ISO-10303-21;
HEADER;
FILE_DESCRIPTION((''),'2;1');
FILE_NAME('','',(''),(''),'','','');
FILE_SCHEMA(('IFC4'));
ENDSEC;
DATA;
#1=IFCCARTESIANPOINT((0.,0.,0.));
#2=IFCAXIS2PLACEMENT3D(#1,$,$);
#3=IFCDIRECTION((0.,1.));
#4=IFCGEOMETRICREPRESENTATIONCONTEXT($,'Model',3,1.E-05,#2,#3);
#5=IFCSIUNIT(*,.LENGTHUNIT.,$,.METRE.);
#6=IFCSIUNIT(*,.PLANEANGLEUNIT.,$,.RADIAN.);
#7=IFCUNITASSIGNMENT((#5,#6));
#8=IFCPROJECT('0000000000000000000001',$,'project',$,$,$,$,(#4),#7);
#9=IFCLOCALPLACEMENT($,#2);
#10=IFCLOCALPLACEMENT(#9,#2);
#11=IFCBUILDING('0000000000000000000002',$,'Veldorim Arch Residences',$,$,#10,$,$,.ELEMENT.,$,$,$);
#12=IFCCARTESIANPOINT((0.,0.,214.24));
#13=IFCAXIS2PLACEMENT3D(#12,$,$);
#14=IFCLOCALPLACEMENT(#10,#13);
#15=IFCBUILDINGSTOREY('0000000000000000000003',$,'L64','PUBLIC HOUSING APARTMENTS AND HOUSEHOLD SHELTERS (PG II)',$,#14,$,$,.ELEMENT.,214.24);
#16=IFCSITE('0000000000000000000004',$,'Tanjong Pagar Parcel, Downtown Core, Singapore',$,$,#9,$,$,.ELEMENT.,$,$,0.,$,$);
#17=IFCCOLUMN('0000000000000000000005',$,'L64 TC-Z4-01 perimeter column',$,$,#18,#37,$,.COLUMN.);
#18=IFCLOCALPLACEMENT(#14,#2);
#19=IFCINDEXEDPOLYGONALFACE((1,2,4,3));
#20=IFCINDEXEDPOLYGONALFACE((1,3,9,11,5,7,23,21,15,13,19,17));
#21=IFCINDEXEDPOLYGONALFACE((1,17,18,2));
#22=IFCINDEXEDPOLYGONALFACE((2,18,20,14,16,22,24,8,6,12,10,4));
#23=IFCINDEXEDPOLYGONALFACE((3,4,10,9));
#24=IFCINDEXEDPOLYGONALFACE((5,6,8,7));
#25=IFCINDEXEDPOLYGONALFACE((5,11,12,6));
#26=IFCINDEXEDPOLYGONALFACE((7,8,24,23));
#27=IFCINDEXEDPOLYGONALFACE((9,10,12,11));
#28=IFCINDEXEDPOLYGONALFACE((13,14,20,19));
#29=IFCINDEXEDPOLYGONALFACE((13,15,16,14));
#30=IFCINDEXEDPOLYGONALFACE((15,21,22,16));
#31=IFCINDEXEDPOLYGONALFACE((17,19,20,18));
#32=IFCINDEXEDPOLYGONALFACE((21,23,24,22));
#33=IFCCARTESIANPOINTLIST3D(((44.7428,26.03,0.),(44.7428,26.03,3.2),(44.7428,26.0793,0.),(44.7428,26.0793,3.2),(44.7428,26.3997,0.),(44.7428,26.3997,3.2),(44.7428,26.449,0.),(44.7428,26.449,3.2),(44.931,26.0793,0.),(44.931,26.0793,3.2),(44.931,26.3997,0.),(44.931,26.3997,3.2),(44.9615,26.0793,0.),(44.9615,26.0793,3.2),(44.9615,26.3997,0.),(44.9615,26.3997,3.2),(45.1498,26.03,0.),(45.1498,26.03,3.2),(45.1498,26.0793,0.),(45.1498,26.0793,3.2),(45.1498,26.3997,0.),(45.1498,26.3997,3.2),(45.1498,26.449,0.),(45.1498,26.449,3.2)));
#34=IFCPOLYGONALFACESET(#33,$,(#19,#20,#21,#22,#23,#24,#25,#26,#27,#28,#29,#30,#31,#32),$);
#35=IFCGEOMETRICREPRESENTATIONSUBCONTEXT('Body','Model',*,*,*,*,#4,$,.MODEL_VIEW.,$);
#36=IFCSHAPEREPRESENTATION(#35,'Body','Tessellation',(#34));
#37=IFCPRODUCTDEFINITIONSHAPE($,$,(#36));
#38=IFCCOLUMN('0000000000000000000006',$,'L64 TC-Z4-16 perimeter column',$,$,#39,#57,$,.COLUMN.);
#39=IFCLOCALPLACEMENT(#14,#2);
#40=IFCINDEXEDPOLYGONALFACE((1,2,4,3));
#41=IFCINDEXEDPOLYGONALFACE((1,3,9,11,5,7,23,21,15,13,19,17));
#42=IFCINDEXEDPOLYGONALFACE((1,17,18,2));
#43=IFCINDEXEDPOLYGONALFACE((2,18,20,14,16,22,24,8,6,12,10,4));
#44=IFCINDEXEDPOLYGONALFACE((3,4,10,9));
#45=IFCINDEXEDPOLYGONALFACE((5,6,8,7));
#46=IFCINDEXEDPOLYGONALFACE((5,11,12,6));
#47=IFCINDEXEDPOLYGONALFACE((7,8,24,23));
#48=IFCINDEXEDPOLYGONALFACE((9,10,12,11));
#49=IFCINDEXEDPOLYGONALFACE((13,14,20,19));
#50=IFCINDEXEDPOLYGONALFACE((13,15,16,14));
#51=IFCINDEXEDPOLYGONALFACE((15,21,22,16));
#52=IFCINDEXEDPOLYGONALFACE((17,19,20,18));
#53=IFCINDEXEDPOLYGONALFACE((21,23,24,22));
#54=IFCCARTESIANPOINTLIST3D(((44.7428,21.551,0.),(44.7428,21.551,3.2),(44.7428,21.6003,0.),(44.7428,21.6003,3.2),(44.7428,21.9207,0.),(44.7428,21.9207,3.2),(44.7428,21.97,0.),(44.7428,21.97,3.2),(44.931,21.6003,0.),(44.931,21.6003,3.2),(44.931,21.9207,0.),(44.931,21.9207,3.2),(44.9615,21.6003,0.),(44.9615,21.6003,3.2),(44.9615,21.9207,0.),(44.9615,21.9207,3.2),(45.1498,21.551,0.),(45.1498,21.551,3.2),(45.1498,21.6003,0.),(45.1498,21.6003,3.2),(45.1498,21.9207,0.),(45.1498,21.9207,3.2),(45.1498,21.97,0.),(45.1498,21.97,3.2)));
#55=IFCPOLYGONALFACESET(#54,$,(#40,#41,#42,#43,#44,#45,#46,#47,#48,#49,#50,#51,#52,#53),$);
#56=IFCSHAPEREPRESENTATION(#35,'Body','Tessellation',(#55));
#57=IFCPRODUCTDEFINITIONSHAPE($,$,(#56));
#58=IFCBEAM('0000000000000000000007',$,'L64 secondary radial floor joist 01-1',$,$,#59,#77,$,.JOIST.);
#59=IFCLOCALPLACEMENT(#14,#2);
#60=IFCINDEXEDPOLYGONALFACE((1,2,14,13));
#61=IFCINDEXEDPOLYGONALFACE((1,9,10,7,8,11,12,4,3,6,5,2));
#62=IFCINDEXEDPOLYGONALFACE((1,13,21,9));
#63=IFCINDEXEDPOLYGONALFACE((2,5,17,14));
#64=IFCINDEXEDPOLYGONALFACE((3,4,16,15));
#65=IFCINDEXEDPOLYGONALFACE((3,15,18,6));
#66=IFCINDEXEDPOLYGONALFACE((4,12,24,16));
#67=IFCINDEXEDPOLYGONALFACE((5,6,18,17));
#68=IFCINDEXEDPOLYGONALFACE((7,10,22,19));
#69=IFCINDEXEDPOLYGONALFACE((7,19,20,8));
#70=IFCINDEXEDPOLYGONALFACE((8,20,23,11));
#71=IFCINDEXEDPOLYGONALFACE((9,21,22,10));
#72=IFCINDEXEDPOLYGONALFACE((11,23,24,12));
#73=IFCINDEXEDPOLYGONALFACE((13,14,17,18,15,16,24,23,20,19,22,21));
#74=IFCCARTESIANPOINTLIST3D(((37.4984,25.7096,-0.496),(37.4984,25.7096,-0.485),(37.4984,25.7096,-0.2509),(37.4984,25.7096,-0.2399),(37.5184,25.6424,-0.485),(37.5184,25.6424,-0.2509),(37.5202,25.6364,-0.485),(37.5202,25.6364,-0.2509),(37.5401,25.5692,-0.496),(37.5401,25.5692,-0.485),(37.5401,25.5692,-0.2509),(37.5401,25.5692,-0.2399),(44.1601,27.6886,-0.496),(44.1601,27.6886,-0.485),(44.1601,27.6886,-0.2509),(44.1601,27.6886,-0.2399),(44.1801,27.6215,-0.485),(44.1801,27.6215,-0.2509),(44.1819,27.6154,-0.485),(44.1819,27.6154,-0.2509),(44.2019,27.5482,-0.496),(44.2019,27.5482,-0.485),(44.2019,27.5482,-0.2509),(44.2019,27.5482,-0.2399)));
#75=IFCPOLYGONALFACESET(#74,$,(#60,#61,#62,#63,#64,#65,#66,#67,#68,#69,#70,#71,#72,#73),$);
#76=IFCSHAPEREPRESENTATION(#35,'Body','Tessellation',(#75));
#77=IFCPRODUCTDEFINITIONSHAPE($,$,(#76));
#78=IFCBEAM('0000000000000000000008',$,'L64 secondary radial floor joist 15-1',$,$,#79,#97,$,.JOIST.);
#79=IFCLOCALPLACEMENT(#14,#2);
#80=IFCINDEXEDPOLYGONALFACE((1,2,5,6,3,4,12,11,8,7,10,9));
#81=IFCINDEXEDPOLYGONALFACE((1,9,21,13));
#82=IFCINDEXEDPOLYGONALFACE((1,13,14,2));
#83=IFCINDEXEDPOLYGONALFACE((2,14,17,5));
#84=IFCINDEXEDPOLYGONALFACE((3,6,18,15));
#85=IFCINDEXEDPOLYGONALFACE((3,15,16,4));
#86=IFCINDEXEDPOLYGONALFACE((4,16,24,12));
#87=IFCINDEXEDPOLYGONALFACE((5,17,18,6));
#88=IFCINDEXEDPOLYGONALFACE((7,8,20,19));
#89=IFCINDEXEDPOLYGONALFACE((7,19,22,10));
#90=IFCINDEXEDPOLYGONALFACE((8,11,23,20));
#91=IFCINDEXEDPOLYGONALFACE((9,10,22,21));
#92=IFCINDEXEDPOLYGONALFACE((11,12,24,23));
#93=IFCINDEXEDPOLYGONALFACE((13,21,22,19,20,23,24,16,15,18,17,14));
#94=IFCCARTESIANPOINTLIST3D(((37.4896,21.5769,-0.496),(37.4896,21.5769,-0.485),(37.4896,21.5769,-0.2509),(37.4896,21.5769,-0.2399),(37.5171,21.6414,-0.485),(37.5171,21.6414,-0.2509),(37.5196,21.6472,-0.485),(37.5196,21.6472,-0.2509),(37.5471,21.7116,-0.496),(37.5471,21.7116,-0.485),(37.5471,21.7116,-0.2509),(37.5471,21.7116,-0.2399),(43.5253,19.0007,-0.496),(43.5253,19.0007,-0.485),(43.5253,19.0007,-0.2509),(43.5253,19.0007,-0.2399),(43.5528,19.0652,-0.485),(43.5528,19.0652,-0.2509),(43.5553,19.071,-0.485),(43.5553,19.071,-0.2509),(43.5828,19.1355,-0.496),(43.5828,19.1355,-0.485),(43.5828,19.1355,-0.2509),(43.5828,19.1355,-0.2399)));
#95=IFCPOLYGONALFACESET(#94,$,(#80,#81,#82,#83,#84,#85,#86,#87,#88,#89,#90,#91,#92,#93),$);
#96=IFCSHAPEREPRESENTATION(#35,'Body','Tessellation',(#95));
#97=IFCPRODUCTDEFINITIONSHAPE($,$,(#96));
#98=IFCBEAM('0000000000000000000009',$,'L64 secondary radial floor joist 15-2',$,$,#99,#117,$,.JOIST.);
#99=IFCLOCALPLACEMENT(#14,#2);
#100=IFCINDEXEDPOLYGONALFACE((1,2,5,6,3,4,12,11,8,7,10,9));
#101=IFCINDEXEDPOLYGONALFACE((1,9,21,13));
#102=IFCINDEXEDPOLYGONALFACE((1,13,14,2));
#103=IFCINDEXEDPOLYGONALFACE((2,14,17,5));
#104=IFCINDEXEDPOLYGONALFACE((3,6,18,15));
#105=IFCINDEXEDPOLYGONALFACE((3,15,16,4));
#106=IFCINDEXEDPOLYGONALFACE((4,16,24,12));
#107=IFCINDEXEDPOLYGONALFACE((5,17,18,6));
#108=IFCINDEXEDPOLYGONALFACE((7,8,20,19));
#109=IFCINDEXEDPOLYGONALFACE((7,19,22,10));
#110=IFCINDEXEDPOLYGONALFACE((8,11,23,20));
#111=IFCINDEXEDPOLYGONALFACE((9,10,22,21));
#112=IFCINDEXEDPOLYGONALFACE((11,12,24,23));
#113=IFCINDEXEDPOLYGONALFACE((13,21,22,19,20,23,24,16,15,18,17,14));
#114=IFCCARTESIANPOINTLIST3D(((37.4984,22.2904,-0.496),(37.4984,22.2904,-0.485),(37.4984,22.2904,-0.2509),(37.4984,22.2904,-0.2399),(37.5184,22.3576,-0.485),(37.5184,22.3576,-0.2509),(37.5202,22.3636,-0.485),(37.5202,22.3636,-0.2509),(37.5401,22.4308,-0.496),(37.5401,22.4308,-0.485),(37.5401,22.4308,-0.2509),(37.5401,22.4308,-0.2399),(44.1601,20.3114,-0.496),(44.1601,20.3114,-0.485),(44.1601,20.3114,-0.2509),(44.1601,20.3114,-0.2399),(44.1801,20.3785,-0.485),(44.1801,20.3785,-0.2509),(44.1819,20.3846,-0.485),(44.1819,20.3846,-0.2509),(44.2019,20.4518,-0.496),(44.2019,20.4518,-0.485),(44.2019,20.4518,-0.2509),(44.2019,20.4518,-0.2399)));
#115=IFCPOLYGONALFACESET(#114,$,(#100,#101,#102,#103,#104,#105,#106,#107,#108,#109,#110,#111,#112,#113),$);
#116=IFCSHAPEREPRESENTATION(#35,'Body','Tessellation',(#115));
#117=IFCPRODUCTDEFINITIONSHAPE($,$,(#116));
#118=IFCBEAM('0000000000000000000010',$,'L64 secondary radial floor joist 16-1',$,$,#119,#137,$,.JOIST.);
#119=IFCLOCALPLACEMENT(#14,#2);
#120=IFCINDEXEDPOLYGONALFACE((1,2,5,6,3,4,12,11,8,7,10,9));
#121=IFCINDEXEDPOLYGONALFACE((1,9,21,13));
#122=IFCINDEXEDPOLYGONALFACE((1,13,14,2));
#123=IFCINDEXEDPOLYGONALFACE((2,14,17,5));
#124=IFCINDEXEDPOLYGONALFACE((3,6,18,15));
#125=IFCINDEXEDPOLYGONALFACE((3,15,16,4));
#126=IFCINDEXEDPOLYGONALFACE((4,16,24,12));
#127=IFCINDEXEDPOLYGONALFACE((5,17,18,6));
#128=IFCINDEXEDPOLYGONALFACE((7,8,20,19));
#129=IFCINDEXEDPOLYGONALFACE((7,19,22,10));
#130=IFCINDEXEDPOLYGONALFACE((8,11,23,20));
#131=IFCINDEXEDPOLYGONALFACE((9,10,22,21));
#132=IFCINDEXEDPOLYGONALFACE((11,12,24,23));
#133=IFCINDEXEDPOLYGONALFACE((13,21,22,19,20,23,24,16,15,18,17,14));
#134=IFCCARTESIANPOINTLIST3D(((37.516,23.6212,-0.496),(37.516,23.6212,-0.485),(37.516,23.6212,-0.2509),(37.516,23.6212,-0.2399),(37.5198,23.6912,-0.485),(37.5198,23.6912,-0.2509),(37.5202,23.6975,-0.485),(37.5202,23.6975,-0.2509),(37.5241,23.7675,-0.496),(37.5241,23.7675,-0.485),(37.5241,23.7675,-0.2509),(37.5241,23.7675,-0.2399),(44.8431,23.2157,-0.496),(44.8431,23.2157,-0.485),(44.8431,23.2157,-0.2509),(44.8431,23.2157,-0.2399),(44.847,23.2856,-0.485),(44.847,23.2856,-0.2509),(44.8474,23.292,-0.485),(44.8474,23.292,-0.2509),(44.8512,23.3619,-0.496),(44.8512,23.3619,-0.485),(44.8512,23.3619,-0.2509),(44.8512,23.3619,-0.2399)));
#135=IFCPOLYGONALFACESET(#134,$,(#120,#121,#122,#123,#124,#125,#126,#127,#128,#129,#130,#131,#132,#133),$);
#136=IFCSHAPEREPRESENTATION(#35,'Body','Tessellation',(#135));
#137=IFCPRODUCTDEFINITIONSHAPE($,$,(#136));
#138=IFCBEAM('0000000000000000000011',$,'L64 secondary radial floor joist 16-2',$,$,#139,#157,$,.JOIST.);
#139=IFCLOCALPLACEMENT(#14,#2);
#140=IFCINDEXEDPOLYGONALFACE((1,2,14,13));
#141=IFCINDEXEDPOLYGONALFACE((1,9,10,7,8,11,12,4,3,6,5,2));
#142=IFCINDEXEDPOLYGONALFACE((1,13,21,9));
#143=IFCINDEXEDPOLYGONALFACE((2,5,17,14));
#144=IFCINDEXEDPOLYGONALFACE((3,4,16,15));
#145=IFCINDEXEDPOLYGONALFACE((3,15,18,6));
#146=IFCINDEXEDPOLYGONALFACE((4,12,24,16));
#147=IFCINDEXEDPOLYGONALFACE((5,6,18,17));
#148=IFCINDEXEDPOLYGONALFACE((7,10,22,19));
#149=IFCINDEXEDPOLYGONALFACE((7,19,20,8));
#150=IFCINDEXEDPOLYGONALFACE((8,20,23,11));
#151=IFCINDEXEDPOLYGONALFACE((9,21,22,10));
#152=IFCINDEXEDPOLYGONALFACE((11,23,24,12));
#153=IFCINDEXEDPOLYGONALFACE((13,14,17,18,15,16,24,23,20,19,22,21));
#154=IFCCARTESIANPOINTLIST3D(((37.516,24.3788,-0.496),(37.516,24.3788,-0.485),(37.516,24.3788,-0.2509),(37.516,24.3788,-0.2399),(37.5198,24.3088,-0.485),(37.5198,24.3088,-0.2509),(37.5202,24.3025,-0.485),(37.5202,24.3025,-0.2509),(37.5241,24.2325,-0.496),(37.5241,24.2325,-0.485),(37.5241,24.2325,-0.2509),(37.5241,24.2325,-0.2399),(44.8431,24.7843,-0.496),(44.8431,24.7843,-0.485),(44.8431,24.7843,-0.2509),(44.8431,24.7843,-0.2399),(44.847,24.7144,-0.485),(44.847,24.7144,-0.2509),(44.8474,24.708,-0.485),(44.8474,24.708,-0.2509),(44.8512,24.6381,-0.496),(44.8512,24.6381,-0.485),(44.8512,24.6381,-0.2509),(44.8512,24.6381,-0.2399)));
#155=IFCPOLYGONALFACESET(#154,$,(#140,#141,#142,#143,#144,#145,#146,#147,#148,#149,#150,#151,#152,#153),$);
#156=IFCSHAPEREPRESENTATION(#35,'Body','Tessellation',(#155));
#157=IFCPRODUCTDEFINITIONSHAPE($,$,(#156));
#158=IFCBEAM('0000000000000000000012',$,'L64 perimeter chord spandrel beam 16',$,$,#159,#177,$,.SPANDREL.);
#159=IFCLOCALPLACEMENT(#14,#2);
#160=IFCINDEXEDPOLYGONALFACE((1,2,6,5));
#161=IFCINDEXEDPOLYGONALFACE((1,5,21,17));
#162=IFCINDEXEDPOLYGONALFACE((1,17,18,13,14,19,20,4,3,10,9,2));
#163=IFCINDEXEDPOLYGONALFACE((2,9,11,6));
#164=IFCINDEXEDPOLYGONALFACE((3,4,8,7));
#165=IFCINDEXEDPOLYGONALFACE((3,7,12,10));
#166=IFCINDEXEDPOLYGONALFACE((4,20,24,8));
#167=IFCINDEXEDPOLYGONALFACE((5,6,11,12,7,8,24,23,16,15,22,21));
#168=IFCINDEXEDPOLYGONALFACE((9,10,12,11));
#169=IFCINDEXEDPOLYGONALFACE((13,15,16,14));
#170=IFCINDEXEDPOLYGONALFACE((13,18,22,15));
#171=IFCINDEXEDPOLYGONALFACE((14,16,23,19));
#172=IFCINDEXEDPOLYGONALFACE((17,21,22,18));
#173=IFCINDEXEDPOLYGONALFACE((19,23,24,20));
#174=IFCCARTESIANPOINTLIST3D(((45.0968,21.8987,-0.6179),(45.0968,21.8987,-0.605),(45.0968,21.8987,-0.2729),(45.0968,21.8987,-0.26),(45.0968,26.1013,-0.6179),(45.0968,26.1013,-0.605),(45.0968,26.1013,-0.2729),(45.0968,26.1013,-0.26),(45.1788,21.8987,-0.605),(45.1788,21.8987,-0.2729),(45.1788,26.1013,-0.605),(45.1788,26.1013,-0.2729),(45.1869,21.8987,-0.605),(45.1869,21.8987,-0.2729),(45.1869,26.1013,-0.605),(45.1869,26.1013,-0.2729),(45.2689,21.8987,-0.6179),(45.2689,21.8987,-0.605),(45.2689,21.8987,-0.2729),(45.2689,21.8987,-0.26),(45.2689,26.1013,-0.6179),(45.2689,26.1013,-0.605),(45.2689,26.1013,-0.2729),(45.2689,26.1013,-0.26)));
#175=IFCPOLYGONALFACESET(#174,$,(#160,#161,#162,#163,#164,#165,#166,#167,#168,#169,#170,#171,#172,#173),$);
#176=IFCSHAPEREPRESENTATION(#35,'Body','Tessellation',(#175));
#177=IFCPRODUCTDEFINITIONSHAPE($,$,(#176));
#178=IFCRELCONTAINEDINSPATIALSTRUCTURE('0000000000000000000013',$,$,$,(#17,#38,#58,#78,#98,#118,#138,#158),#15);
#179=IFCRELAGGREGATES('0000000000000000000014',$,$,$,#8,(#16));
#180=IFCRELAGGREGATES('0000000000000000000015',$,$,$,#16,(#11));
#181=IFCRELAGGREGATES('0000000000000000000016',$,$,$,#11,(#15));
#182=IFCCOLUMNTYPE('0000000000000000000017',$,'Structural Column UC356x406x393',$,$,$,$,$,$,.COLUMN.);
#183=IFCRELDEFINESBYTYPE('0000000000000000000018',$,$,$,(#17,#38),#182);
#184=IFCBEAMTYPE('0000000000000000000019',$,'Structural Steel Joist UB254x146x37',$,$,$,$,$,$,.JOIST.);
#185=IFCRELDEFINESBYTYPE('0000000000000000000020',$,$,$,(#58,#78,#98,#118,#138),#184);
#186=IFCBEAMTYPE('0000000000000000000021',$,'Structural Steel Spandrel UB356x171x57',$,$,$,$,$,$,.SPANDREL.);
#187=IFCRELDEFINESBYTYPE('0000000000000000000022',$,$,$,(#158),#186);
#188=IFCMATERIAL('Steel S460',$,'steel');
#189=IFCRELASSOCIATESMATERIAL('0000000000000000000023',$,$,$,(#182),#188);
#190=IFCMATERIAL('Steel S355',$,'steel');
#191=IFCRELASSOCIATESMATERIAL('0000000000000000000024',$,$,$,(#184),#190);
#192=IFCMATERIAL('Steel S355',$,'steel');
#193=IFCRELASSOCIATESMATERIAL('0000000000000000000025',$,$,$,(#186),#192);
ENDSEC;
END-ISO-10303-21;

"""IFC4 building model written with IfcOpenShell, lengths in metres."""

from ifc_helpers import new_model, si_unit, direction, frame, origin, origin_2d, place, context, subcontext, project, spatial, i_section, extrude, material, material_profile, profile_set, type_object, element, save


model = new_model("IFC4")

# Units and contexts
model_context = context("Model", 3, precision=1e-05, world=origin(), true_north=direction((0.0, 1.0)))
body_context = subcontext(model_context, "Body", "Model", "MODEL_VIEW")
ifc_project = project(units=[si_unit("LENGTHUNIT", "METRE"), si_unit("PLANEANGLEUNIT", "RADIAN")], contexts=[model_context])

# Site, building, storey
site_placement = place(None, origin())
site = spatial("IfcSite", under=ifc_project, at=site_placement, Name="Tanjong Pagar Parcel, Downtown Core, Singapore", CompositionType="ELEMENT", RefElevation=0.0)
building_placement = place(site_placement, origin())
building = spatial("IfcBuilding", under=site, at=building_placement, Name="Veldorim Arch Residences", CompositionType="ELEMENT")
storey_placement = place(building_placement, frame((0.0, 0.0, 214.24)))
storey = spatial("IfcBuildingStorey", under=building, at=storey_placement, Name="L64", Description="PUBLIC HOUSING APARTMENTS AND HOUSEHOLD SHELTERS (PG II)", CompositionType="ELEMENT", Elevation=214.24)

# Columns
ifc_material_1 = material(Name="Steel S460", Category="steel")
ifc_material_profile_1 = material_profile(ifc_material_1, i_section(OverallWidth=0.407, OverallDepth=0.4189, WebThickness=0.0305, FlangeThickness=0.0493, at=origin_2d()), Name="UC356x406x393")
ifc_profile_set_1 = profile_set([ifc_material_profile_1], Name="Steel S460")
column_type = type_object("IfcColumnType", Name="Structural Column UC356x406x393", PredefinedType="COLUMN", material=ifc_profile_set_1)
for number, where, z_axis, x_axis, name in (
    (1, (44.9463, 26.2395, 0.0), (0.0, 0.0, 1.0), (1.0, 0.0, 0.0), "L64 TC-Z4-01 perimeter column"),
    (2, (44.9463, 21.7605, 0.0), (0.0, 0.0, 1.0), (1.0, 0.0, 0.0), "L64 TC-Z4-16 perimeter column"),
):
    element("IfcColumn", number, at=place(storey_placement, frame(where, z_axis=z_axis, x_axis=x_axis)), inside=storey, type_object=column_type, Name=name, PredefinedType="COLUMN", context=body_context, shape_type="SweptSolid", body=[
        extrude(i_section(OverallWidth=0.407, OverallDepth=0.4189, WebThickness=0.0305, FlangeThickness=0.0493, at=origin_2d()), origin(), (0.0, 0.0, 1.0), 3.2),
    ])

# Beams
ifc_material_2 = material(Name="Steel S355", Category="steel")
ifc_material_profile_2 = material_profile(ifc_material_2, i_section(OverallWidth=0.1465, OverallDepth=0.2561, WebThickness=0.0063, FlangeThickness=0.011, at=origin_2d()), Name="UB254x146x37")
ifc_profile_set_2 = profile_set([ifc_material_profile_2], Name="Steel S355")
beam_type_1 = type_object("IfcBeamType", Name="Structural Steel Joist UB254x146x37", PredefinedType="JOIST", material=ifc_profile_set_2)
beam_1_placement = place(storey_placement, frame((37.5193, 25.6394, -0.3679), z_axis=(0.958594, 0.284775, 0.0), x_axis=(-0.284775, 0.958594, 0.0)))
element("IfcBeam", 3, at=beam_1_placement, inside=storey, type_object=beam_type_1, Name="L64 secondary radial floor joist 01-1", PredefinedType="JOIST", context=body_context, shape_type="SweptSolid", body=[
    extrude(i_section(OverallWidth=0.1465, OverallDepth=0.2561, WebThickness=0.0063, FlangeThickness=0.011, at=origin_2d()), origin(), (0.0, 0.0, 1.0), 6.9495),
])
beam_2_placement = place(storey_placement, frame((37.5183, 21.6443, -0.3679), z_axis=(0.919725, -0.392563, 0.0), x_axis=(0.392563, 0.919725, 0.0)))
element("IfcBeam", 4, at=beam_2_placement, inside=storey, type_object=beam_type_1, Name="L64 secondary radial floor joist 15-1", PredefinedType="JOIST", context=body_context, shape_type="SweptSolid", body=[
    extrude(i_section(OverallWidth=0.1465, OverallDepth=0.2561, WebThickness=0.0063, FlangeThickness=0.011, at=origin_2d()), origin(), (0.0, 0.0, 1.0), 6.5625),
])
beam_3_placement = place(storey_placement, frame((37.5193, 22.3606, -0.3679), z_axis=(0.958594, -0.284775, 0.0), x_axis=(0.284775, 0.958594, 0.0)))
element("IfcBeam", 5, at=beam_3_placement, inside=storey, type_object=beam_type_1, Name="L64 secondary radial floor joist 15-2", PredefinedType="JOIST", context=body_context, shape_type="SweptSolid", body=[
    extrude(i_section(OverallWidth=0.1465, OverallDepth=0.2561, WebThickness=0.0063, FlangeThickness=0.011, at=origin_2d()), origin(), (0.0, 0.0, 1.0), 6.9495),
])
for number, where, z_axis, x_axis, name in (
    (6, (37.52, 23.6943, -0.3679), (0.998472, -0.05526, 0.0), (0.05526, 0.998472, 0.0), "L64 secondary radial floor joist 16-1"),
    (7, (37.52, 24.3057, -0.3679), (0.998472, 0.05526, 0.0), (-0.05526, 0.998472, 0.0), "L64 secondary radial floor joist 16-2"),
):
    element("IfcBeam", number, at=place(storey_placement, frame(where, z_axis=z_axis, x_axis=x_axis)), inside=storey, type_object=beam_type_1, Name=name, PredefinedType="JOIST", context=body_context, shape_type="SweptSolid", body=[
        extrude(i_section(OverallWidth=0.1465, OverallDepth=0.2561, WebThickness=0.0063, FlangeThickness=0.011, at=origin_2d()), origin(), (0.0, 0.0, 1.0), 7.3384),
    ])
ifc_material_3 = material(Name="Steel S355", Category="steel")
ifc_material_profile_3 = material_profile(ifc_material_3, i_section(OverallWidth=0.1721, OverallDepth=0.3579, WebThickness=0.0081, FlangeThickness=0.0129, at=origin_2d()), Name="UB356x171x57")
ifc_profile_set_3 = profile_set([ifc_material_profile_3], Name="Steel S355")
beam_type_2 = type_object("IfcBeamType", Name="Structural Steel Spandrel UB356x171x57", PredefinedType="SPANDREL", material=ifc_profile_set_3)
beam_4_placement = place(storey_placement, frame((45.1829, 21.8987, -0.439), z_axis=(0.0, 1.0, 0.0), x_axis=(-1.0, 0.0, 0.0)))
element("IfcBeam", 8, at=beam_4_placement, inside=storey, type_object=beam_type_2, Name="L64 perimeter chord spandrel beam 16", PredefinedType="SPANDREL", context=body_context, shape_type="SweptSolid", body=[
    extrude(i_section(OverallWidth=0.1721, OverallDepth=0.3579, WebThickness=0.0081, FlangeThickness=0.0129, at=origin_2d()), origin(), (0.0, 0.0, 1.0), 4.2026),
])

save(model, "model.ifc")
